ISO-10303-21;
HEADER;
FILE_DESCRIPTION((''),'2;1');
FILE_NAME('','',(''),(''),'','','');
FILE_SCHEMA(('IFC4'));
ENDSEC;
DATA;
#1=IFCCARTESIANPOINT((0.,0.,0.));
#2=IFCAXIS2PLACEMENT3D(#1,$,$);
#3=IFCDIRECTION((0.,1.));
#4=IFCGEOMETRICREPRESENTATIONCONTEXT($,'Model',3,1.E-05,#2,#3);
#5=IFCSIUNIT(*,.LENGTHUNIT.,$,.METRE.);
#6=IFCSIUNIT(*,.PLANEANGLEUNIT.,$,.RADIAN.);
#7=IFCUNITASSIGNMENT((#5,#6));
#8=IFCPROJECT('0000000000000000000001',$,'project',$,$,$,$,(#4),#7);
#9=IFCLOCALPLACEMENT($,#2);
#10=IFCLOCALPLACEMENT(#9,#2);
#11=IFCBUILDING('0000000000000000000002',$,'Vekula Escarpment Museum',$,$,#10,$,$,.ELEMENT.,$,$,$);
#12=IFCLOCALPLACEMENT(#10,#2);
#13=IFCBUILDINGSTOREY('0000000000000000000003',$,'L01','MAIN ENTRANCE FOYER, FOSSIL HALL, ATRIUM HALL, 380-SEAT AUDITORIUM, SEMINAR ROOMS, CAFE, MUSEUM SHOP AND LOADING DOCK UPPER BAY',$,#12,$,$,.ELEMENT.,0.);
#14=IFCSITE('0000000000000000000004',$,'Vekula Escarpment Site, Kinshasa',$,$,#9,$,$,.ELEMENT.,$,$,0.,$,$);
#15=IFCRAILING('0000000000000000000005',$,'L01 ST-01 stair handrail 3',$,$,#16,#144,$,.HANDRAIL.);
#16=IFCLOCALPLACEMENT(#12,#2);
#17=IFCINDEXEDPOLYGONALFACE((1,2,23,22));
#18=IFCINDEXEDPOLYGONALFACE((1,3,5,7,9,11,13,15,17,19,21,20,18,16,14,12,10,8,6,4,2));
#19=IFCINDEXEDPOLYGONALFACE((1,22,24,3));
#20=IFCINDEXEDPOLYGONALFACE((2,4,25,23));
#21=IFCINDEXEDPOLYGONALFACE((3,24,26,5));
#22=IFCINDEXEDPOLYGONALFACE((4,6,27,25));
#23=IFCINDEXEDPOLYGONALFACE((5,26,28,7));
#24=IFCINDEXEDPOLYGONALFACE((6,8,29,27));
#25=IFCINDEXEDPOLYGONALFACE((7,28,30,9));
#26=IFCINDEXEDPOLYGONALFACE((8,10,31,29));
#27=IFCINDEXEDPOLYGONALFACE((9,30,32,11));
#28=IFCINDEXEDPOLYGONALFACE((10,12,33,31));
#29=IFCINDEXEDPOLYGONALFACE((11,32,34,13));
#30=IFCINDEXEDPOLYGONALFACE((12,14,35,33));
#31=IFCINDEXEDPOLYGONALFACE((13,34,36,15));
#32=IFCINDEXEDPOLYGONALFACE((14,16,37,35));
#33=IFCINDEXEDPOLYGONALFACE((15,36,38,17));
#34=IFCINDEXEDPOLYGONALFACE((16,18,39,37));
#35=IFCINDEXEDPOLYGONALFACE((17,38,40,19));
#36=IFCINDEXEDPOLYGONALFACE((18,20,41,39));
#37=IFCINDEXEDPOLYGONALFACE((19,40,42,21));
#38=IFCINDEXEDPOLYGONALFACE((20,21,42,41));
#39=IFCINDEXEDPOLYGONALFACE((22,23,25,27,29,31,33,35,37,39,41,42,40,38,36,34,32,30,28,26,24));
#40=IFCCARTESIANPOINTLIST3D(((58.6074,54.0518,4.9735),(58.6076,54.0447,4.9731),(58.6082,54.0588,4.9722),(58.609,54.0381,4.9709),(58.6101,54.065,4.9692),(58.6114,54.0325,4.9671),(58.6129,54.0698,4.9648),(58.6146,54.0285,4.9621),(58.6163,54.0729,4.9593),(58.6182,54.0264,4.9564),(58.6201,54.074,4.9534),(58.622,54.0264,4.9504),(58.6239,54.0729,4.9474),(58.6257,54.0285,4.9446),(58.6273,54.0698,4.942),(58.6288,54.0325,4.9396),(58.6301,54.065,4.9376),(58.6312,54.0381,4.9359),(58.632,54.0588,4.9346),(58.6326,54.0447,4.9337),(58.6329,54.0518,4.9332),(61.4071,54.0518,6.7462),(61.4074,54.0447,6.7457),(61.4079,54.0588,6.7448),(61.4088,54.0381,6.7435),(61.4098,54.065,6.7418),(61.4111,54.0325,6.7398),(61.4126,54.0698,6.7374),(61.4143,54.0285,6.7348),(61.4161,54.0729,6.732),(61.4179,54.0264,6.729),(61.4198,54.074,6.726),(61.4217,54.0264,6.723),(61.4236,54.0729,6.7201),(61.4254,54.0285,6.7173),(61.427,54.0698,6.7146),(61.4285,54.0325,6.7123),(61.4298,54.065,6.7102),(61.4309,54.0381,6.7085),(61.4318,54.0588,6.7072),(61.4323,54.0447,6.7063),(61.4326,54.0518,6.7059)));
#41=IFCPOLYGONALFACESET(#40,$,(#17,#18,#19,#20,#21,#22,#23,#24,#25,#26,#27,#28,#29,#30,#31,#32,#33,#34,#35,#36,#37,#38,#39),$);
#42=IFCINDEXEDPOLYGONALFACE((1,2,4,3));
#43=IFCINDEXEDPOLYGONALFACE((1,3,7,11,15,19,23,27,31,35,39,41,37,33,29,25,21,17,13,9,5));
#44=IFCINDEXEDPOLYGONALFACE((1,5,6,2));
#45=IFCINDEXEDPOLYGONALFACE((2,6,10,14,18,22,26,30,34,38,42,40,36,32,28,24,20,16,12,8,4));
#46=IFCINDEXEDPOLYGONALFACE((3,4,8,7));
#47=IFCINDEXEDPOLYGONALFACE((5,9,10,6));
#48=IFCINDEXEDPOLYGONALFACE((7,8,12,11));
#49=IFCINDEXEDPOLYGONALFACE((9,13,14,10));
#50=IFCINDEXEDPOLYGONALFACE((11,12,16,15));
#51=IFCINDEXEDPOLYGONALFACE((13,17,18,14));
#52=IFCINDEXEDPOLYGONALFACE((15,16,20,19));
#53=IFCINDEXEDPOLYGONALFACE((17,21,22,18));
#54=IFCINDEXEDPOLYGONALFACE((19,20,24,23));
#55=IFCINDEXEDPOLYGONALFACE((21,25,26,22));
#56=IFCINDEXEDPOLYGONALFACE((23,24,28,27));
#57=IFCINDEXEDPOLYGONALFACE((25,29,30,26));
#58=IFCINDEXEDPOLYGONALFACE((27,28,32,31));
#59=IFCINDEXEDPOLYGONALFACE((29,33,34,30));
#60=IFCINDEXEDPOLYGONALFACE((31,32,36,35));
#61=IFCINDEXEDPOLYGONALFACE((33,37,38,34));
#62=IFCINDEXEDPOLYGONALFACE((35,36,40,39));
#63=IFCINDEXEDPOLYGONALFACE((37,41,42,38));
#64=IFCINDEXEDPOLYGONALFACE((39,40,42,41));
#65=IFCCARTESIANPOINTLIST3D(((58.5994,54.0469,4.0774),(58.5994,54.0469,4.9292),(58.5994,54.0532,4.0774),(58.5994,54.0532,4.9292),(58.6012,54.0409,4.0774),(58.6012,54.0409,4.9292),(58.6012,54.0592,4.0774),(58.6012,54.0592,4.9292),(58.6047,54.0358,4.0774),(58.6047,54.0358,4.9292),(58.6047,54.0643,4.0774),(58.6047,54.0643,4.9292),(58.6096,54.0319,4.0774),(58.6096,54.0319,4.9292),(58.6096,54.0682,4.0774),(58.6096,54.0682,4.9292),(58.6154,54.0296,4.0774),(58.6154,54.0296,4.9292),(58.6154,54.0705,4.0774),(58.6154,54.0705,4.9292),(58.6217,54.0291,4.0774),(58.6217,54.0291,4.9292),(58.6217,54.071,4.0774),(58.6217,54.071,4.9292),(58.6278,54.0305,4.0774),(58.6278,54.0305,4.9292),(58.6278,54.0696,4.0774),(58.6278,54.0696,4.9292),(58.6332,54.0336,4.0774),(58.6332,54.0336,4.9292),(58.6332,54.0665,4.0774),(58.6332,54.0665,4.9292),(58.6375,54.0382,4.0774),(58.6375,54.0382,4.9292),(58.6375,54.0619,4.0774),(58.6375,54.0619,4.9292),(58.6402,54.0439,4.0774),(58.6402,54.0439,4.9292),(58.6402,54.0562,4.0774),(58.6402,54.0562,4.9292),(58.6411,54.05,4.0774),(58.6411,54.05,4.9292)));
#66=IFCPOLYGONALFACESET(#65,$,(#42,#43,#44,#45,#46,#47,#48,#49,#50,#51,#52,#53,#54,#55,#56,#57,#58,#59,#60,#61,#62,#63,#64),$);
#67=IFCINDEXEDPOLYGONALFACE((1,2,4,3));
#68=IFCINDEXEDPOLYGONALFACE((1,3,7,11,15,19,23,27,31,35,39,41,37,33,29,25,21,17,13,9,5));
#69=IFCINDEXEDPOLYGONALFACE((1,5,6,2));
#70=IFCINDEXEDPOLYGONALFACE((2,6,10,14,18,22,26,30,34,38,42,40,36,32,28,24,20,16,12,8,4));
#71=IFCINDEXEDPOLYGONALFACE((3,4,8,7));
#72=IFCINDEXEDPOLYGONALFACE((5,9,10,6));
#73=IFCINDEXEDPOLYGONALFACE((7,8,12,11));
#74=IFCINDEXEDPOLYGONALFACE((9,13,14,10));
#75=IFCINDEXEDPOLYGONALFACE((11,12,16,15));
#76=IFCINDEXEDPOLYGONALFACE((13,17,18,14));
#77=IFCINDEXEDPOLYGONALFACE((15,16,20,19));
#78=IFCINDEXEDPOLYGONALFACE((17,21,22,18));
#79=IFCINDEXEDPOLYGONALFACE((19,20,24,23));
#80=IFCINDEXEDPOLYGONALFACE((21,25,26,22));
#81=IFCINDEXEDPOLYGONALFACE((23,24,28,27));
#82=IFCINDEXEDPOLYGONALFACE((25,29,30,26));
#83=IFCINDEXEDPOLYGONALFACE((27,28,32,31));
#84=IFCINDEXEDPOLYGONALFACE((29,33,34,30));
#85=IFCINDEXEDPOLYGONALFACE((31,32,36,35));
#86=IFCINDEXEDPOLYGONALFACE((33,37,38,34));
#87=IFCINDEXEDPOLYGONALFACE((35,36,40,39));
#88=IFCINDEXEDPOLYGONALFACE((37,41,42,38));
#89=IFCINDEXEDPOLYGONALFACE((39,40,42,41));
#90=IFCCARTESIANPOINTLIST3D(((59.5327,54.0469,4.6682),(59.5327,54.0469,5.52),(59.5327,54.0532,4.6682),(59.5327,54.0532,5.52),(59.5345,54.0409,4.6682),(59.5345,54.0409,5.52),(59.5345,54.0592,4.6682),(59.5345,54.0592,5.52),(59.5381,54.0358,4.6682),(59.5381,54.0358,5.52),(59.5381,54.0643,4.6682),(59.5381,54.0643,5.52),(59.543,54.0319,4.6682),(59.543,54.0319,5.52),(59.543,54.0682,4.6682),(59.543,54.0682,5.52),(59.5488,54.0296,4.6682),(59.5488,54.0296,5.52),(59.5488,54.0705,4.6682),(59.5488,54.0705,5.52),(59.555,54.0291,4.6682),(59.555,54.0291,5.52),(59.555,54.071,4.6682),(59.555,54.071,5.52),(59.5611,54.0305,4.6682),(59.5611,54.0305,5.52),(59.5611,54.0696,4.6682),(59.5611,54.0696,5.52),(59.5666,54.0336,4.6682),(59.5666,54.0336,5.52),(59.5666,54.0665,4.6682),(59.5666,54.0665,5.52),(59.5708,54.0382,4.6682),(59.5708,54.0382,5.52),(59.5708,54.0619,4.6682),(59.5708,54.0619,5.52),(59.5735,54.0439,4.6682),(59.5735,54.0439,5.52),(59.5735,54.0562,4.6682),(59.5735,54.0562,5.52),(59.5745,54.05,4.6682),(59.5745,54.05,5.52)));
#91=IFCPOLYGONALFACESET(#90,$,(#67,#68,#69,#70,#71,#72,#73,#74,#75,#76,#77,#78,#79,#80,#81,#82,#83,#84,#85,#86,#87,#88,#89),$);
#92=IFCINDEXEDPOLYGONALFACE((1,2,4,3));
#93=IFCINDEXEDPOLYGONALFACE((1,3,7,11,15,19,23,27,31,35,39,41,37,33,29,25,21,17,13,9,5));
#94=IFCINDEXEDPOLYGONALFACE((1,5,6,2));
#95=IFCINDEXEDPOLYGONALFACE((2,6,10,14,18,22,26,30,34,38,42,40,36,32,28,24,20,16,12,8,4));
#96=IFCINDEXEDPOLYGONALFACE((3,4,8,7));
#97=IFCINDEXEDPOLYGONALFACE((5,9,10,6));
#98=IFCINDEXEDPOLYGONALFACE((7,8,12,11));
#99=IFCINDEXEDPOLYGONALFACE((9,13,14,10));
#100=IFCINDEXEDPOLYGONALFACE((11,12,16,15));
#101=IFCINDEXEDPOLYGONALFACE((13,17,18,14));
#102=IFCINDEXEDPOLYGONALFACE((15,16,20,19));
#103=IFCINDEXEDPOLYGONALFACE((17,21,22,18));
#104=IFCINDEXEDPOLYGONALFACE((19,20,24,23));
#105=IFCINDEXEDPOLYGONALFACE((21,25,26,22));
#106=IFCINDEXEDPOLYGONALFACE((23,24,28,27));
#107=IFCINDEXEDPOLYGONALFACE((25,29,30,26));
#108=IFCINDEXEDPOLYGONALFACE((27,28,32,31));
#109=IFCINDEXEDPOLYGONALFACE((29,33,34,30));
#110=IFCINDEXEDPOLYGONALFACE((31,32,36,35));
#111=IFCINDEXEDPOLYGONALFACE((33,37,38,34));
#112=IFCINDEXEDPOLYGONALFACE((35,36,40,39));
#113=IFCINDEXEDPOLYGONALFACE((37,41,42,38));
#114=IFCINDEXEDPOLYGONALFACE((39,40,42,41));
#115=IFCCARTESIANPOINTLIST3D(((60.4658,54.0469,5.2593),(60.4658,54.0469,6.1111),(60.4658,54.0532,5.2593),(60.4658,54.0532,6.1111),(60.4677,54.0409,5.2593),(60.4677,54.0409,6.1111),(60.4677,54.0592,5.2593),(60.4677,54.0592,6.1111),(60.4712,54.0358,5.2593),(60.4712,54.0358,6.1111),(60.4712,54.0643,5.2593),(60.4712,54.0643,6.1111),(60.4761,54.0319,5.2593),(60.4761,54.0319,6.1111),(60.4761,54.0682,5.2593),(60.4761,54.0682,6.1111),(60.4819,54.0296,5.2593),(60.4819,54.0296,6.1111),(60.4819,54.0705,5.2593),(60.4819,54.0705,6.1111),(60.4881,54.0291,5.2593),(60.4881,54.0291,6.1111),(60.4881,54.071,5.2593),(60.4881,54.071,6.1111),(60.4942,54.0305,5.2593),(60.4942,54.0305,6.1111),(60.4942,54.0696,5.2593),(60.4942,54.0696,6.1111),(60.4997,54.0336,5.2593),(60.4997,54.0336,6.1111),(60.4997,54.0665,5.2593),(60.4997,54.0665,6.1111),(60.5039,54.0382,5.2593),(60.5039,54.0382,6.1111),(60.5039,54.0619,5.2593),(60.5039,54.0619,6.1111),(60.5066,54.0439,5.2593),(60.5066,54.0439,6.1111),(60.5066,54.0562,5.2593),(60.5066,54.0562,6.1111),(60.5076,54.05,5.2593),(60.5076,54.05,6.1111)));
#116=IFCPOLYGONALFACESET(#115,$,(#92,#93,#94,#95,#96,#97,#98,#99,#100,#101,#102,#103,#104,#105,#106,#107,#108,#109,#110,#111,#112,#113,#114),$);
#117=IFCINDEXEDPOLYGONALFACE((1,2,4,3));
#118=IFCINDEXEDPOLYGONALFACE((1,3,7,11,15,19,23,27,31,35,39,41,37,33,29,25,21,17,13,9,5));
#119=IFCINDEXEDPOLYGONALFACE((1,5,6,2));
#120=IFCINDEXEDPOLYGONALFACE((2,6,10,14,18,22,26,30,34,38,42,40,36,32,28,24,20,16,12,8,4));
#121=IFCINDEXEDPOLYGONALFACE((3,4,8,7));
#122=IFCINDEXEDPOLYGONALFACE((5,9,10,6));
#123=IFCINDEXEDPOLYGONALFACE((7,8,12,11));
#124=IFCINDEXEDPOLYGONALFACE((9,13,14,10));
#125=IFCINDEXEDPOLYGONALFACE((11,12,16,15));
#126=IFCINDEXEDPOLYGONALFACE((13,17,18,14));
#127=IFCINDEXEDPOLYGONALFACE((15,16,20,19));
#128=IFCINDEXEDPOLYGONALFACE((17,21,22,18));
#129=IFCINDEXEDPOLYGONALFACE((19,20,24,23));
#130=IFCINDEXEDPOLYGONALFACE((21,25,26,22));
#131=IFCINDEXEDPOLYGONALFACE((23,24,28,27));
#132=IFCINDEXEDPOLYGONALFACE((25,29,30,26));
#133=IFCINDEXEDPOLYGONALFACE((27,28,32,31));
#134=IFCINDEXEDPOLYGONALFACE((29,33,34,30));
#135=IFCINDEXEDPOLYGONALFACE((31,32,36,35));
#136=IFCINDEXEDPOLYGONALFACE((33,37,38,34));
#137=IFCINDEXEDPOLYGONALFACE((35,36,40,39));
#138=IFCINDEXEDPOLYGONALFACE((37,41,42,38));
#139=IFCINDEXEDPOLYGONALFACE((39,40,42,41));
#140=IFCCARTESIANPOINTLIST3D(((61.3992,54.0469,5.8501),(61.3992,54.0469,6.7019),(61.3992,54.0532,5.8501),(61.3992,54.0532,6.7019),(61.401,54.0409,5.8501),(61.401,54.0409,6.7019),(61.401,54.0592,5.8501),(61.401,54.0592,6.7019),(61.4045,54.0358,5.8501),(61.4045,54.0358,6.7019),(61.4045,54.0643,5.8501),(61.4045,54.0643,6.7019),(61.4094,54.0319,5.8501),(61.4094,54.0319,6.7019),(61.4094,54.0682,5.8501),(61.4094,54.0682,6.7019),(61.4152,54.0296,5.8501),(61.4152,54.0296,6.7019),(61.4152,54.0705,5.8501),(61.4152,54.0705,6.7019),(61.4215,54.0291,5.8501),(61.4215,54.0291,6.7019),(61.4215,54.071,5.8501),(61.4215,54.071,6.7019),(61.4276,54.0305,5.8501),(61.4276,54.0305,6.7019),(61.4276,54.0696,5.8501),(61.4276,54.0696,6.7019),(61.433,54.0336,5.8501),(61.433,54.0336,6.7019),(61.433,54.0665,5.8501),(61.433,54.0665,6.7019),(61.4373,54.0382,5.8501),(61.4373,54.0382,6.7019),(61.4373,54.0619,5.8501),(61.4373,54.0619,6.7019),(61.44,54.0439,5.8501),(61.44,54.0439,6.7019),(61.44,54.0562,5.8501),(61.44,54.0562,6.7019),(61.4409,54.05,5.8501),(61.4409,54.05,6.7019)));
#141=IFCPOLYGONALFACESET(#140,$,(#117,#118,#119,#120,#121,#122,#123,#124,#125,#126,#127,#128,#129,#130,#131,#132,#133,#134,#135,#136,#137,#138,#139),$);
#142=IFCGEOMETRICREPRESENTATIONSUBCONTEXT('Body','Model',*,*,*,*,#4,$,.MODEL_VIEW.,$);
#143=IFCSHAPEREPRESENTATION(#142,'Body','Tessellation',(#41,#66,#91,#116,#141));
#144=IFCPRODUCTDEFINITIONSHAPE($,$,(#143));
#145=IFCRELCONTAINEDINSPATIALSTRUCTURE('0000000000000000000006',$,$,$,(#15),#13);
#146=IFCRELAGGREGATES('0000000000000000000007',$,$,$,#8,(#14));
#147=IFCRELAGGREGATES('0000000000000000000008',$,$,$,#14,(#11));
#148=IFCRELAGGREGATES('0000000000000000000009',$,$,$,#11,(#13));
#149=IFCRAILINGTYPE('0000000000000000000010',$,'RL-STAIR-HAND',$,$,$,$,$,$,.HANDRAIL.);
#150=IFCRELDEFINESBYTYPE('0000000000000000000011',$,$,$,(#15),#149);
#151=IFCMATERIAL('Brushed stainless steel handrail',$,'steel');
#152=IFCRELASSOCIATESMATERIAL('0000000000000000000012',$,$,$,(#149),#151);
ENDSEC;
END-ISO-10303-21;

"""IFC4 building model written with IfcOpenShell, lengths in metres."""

from ifc_helpers import new_model, si_unit, direction, frame, origin, origin_2d, place, context, subcontext, project, spatial, circle, extrude, material, type_object, element, save


model = new_model("IFC4")

# Units and contexts
model_context = context("Model", 3, precision=1e-05, world=origin(), true_north=direction((0.0, 1.0)))
body_context = subcontext(model_context, "Body", "Model", "MODEL_VIEW")
ifc_project = project(units=[si_unit("LENGTHUNIT", "METRE"), si_unit("PLANEANGLEUNIT", "RADIAN")], contexts=[model_context])

# Site, building, storey
site_placement = place(None, origin())
site = spatial("IfcSite", under=ifc_project, at=site_placement, Name="Vekula Escarpment Site, Kinshasa", CompositionType="ELEMENT", RefElevation=0.0)
building_placement = place(site_placement, origin())
building = spatial("IfcBuilding", under=site, at=building_placement, Name="Vekula Escarpment Museum", CompositionType="ELEMENT")
storey_placement = place(building_placement, origin())
storey = spatial("IfcBuildingStorey", under=building, at=storey_placement, Name="L01", Description="MAIN ENTRANCE FOYER, FOSSIL HALL, ATRIUM HALL, 380-SEAT AUDITORIUM, SEMINAR ROOMS, CAFE, MUSEUM SHOP AND LOADING DOCK UPPER BAY", CompositionType="ELEMENT", Elevation=0.0)

# Railing
ifc_material_1 = material(Name="Brushed stainless steel handrail", Category="steel")
railing_type_1 = type_object("IfcRailingType", Name="RL-STAIR-HAND", PredefinedType="HANDRAIL", material=ifc_material_1)
railing_1_placement = place(storey_placement, frame((58.6201, 54.05, 4.0774)))
element("IfcRailing", 1, at=railing_1_placement, inside=storey, type_object=railing_type_1, Name="L01 ST-01 stair handrail 3", PredefinedType="HANDRAIL", context=body_context, shape_type="SweptSolid", body=[
    extrude(circle(Radius=0.0239, at=origin_2d()), frame((0.0, 0.0, 0.876), z_axis=(0.844888, 0.0, 0.534943), x_axis=(0.0, 1.0, 0.0)), (0.0, 0.0, 1.0), 3.3137),
    extrude(circle(Radius=0.021, at=origin_2d()), origin(), (0.0, 0.0, 1.0), 0.8518),
    extrude(circle(Radius=0.021, at=origin_2d()), frame((0.9333, 0.0, 0.5908)), (0.0, 0.0, 1.0), 0.8518),
    extrude(circle(Radius=0.021, at=origin_2d()), frame((1.8665, 0.0, 1.1819)), (0.0, 0.0, 1.0), 0.8518),
    extrude(circle(Radius=0.021, at=origin_2d()), frame((2.7998, 0.0, 1.7727)), (0.0, 0.0, 1.0), 0.8518),
])

save(model, "model.ifc")
